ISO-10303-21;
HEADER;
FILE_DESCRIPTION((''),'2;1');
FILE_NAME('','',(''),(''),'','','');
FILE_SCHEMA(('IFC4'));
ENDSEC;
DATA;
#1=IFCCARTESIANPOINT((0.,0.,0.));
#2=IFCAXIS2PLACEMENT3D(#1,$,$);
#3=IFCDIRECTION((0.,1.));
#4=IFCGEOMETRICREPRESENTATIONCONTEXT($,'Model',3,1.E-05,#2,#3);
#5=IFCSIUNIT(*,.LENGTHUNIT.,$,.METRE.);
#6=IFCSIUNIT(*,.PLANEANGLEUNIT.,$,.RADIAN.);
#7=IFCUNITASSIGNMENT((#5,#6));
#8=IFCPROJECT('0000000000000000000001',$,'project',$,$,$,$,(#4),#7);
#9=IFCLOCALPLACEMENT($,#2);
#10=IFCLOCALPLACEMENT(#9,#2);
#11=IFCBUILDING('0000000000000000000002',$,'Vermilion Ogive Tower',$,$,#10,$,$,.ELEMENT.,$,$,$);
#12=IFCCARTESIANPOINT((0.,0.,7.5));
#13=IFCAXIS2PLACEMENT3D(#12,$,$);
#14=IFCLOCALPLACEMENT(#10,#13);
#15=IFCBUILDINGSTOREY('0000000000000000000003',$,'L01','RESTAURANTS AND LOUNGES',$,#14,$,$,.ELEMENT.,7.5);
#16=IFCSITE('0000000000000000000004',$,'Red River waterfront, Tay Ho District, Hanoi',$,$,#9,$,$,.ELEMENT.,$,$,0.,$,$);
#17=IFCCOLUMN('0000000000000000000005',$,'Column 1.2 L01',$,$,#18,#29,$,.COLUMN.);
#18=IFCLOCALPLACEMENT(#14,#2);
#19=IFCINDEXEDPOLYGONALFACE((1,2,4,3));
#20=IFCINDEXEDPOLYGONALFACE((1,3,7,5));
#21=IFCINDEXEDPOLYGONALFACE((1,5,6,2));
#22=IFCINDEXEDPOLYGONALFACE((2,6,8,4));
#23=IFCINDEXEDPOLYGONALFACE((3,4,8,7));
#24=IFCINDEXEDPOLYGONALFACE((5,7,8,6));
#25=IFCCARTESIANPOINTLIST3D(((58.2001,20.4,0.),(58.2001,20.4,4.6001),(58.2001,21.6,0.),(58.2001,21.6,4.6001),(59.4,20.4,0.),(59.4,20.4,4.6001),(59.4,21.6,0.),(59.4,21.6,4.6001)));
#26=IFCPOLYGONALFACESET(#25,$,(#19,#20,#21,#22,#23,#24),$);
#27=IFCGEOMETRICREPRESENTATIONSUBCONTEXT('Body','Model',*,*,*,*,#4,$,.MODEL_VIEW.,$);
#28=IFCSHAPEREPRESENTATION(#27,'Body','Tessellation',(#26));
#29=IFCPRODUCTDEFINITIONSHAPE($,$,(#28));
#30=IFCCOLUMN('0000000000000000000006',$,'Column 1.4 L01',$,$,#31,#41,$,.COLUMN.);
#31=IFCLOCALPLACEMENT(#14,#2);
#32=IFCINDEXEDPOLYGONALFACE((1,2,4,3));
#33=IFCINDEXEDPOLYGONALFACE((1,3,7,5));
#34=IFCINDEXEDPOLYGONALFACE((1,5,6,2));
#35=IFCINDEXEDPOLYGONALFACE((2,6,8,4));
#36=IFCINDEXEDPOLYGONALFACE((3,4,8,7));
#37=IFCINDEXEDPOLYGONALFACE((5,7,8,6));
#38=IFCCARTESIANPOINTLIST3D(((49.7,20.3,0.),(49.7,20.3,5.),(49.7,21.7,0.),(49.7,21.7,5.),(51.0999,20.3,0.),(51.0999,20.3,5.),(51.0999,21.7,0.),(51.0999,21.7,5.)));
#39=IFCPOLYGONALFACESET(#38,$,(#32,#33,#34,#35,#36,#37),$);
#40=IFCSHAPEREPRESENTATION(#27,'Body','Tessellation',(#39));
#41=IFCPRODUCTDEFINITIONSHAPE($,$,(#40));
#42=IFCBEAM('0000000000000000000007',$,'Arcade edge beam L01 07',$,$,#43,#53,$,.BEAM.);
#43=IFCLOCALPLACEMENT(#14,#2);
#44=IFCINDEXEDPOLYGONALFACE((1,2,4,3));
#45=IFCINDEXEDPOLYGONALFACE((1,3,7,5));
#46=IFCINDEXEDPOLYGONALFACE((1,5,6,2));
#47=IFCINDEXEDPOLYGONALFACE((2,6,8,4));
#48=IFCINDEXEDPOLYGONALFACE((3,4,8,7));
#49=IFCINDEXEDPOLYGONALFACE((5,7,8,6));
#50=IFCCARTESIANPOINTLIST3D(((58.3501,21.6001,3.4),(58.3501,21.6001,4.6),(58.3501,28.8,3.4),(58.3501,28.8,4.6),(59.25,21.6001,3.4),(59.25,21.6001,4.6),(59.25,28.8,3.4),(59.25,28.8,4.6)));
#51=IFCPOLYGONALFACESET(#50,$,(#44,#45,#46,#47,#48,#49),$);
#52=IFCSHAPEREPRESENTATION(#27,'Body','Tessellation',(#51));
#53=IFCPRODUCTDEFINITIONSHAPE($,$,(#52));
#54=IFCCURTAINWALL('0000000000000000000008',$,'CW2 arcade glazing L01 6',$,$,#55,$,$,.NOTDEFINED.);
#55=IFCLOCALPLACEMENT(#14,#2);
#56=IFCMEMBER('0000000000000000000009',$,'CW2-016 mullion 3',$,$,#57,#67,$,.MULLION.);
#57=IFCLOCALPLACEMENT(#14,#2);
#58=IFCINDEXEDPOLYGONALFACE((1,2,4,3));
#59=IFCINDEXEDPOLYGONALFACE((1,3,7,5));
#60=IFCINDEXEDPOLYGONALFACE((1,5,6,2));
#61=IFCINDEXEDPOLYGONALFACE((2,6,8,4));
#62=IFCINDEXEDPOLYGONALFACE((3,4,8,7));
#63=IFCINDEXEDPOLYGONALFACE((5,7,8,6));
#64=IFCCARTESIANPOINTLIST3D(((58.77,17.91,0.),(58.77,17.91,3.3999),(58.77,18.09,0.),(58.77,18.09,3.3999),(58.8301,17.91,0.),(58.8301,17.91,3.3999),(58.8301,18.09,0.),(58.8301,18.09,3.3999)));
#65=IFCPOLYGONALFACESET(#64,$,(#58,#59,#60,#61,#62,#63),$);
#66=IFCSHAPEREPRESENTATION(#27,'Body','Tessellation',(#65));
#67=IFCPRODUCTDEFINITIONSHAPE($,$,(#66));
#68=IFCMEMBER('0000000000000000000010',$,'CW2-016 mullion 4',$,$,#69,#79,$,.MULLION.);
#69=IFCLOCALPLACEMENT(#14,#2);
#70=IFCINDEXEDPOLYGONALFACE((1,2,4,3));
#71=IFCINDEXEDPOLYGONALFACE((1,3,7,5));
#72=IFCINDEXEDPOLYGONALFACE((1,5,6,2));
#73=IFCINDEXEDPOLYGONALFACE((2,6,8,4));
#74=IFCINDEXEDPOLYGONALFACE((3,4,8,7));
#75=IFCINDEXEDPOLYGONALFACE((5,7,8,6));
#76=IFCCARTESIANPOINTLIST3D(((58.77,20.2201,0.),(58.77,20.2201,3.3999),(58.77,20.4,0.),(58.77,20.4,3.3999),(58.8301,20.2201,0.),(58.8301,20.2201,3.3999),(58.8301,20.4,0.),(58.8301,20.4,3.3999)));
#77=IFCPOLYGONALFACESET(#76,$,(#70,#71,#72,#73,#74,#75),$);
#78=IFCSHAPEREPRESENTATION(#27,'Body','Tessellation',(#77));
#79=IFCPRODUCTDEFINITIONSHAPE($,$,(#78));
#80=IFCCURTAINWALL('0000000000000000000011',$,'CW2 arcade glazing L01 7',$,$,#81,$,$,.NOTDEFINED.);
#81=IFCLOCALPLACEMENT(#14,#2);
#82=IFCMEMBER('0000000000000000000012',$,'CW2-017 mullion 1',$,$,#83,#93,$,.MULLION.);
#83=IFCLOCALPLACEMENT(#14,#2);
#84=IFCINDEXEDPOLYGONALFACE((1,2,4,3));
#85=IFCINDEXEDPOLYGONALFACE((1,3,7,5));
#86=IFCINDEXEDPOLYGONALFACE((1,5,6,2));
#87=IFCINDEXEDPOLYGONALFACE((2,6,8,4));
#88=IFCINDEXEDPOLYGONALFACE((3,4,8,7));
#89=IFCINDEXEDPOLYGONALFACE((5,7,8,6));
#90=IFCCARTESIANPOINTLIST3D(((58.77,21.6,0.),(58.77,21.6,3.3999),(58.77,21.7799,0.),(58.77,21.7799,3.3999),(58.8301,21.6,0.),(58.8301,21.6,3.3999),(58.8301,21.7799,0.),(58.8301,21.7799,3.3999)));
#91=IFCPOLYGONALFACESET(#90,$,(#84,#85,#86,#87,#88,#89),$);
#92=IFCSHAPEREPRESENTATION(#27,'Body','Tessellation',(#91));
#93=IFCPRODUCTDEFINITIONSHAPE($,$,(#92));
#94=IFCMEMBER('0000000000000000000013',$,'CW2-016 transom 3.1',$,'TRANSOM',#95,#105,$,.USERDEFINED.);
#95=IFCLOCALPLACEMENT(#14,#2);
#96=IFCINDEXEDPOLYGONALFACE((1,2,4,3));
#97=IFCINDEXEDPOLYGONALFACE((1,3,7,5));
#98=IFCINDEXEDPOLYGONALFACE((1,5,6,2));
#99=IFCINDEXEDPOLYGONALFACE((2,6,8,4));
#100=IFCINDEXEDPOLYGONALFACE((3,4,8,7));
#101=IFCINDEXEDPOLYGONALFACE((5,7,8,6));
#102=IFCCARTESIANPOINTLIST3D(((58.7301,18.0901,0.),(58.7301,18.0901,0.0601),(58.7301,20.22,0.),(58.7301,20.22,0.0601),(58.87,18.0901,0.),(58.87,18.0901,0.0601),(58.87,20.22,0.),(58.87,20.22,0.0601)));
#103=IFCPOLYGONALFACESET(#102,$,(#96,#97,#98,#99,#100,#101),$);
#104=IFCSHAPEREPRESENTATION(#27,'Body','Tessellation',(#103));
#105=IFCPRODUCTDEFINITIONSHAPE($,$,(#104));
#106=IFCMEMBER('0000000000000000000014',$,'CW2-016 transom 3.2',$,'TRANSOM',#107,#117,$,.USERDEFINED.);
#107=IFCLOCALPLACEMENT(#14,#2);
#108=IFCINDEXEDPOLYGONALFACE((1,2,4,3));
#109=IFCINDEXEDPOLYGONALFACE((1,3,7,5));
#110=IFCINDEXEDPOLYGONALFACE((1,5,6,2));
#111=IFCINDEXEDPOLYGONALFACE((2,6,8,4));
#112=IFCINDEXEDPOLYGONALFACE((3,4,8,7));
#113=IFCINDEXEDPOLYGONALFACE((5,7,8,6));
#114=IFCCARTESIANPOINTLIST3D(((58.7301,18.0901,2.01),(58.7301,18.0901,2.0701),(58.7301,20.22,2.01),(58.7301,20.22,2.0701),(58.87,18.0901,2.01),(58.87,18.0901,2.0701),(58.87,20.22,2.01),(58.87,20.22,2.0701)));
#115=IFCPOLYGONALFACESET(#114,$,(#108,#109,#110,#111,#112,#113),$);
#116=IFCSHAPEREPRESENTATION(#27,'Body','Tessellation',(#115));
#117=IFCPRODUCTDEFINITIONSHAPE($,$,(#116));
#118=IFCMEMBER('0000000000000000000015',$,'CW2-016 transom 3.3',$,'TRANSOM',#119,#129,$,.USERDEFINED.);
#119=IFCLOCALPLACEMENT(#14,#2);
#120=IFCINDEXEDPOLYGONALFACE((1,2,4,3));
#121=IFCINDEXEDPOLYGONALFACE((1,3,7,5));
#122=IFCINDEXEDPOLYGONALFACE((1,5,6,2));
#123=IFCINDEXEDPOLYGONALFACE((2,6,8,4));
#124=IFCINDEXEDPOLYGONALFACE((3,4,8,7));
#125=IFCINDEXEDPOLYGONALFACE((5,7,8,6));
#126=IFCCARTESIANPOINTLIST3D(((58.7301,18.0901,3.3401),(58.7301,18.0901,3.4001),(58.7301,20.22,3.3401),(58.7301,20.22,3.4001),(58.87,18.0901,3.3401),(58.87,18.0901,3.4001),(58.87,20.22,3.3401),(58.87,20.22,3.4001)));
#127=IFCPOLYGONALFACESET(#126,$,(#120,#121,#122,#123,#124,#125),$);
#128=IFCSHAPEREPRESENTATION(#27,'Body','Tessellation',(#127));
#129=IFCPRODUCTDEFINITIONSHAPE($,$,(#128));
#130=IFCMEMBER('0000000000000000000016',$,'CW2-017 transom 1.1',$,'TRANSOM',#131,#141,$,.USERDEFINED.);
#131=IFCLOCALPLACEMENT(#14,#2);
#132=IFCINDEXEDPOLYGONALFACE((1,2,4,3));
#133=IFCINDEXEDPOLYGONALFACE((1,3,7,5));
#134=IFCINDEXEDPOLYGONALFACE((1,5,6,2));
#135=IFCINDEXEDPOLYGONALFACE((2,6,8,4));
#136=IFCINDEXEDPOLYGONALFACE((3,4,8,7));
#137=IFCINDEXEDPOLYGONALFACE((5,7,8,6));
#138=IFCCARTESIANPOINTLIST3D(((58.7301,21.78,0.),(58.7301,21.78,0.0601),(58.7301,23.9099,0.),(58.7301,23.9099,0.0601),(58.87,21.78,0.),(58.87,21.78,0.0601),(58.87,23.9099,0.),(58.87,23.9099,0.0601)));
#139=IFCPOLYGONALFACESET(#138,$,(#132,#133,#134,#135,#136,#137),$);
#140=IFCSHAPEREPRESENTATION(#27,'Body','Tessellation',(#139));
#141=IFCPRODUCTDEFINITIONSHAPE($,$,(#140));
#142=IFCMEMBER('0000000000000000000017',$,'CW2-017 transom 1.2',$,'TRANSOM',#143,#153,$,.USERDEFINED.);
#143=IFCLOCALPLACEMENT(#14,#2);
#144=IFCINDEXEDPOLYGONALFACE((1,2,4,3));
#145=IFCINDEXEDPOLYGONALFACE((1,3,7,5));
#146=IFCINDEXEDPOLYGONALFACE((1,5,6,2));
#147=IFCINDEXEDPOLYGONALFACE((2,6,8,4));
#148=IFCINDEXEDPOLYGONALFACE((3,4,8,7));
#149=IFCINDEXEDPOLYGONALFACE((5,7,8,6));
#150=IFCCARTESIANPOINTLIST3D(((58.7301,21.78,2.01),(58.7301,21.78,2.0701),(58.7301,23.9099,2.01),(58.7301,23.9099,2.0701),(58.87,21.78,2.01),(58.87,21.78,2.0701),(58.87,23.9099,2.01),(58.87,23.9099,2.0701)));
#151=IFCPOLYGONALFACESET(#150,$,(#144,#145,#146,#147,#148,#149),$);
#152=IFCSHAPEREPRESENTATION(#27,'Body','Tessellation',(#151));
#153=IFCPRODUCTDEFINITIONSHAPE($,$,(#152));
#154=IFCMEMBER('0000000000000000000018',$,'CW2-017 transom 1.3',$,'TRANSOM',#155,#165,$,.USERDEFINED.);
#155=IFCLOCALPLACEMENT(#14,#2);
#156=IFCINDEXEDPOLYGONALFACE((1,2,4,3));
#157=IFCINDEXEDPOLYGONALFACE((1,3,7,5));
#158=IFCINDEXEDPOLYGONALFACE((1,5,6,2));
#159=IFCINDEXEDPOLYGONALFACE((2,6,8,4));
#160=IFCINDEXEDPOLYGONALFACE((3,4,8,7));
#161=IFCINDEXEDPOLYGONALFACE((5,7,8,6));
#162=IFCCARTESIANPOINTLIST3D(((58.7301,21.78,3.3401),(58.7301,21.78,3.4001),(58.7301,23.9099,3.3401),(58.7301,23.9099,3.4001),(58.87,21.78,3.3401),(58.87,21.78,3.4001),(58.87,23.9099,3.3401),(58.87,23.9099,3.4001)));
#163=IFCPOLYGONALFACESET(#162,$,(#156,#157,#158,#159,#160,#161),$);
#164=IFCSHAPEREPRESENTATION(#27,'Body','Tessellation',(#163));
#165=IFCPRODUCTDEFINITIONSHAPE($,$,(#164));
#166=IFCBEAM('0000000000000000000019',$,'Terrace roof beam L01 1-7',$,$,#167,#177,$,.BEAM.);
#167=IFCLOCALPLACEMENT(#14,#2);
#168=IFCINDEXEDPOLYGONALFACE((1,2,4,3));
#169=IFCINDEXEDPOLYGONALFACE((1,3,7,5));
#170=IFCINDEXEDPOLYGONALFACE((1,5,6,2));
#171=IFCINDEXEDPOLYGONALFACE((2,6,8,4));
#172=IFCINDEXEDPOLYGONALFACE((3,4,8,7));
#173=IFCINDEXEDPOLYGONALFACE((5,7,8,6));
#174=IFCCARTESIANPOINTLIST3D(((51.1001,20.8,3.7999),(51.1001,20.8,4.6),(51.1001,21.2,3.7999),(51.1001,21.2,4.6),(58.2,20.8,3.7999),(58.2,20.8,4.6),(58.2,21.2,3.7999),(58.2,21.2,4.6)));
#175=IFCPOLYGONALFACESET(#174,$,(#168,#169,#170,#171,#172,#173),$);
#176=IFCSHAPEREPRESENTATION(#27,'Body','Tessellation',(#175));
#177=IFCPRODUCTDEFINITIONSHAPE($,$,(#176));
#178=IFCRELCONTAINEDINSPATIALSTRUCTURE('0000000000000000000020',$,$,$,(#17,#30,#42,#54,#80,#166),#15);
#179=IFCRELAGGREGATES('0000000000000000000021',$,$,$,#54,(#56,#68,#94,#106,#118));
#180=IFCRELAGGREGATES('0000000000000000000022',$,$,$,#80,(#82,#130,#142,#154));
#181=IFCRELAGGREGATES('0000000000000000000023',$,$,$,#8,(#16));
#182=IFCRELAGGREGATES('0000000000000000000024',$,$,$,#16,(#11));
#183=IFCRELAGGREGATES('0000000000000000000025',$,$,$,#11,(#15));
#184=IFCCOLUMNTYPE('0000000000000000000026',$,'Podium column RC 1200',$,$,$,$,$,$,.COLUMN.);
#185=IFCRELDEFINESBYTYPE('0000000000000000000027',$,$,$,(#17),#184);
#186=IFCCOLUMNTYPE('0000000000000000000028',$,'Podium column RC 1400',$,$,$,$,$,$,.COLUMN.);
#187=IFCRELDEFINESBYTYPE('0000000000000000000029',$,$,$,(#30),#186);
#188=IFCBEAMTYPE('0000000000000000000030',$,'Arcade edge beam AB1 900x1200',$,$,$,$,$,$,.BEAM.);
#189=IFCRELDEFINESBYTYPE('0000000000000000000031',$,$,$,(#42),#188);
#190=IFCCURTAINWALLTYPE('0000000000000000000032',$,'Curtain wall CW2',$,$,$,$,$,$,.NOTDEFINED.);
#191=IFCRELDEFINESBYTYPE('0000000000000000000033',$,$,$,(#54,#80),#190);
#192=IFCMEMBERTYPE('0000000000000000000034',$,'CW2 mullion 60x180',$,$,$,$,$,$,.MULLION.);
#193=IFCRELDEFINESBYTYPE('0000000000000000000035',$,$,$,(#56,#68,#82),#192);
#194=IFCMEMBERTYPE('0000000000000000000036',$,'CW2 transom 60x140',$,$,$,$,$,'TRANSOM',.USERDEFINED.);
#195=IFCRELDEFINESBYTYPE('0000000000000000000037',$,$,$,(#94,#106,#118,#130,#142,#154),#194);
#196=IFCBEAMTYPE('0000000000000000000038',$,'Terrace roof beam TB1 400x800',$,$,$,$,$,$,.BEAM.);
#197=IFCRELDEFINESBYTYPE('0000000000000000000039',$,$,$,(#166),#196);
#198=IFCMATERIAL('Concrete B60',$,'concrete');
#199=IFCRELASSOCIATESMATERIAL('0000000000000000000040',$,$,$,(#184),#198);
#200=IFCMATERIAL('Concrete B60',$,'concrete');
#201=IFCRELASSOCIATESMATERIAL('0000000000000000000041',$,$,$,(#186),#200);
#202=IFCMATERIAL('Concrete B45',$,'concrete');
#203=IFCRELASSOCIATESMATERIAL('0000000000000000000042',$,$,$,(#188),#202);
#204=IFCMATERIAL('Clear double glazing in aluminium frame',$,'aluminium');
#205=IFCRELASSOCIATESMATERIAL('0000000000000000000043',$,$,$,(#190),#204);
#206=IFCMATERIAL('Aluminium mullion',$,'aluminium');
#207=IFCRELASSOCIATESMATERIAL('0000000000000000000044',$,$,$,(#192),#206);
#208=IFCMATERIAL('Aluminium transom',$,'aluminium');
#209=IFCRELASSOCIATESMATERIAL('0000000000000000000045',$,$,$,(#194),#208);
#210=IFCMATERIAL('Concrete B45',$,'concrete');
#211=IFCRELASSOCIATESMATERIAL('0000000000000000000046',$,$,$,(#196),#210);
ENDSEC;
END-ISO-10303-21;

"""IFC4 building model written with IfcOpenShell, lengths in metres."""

from ifc_helpers import new_model, si_unit, direction, frame, origin, origin_2d, place, context, subcontext, project, spatial, rectangle, extrude, material, material_profile, profile_set, type_object, element, aggregate, save


model = new_model("IFC4")

# Units and contexts
model_context = context("Model", 3, precision=1e-05, world=origin(), true_north=direction((0.0, 1.0)))
body_context = subcontext(model_context, "Body", "Model", "MODEL_VIEW")
ifc_project = project(units=[si_unit("LENGTHUNIT", "METRE"), si_unit("PLANEANGLEUNIT", "RADIAN")], contexts=[model_context])

# Site, building, storey
site_placement = place(None, origin())
site = spatial("IfcSite", under=ifc_project, at=site_placement, Name="Red River waterfront, Tay Ho District, Hanoi", CompositionType="ELEMENT", RefElevation=0.0)
building_placement = place(site_placement, origin())
building = spatial("IfcBuilding", under=site, at=building_placement, Name="Vermilion Ogive Tower", CompositionType="ELEMENT")
storey_placement = place(building_placement, frame((0.0, 0.0, 7.5)))
storey = spatial("IfcBuildingStorey", under=building, at=storey_placement, Name="L01", Description="RESTAURANTS AND LOUNGES", CompositionType="ELEMENT", Elevation=7.5)

# Columns
ifc_material_1 = material(Name="Concrete B60", Category="concrete")
ifc_material_profile_1 = material_profile(ifc_material_1, rectangle(XDim=1.2, YDim=1.2, at=origin_2d()), Name="RC 1200x1200")
ifc_profile_set_1 = profile_set([ifc_material_profile_1], Name="Concrete B60")
column_type_1 = type_object("IfcColumnType", Name="Podium column RC 1200", PredefinedType="COLUMN", material=ifc_profile_set_1)
column_1_placement = place(storey_placement, frame((58.8, 21.0, 0.0), z_axis=(0.0, 0.0, 1.0), x_axis=(1.0, 0.0, 0.0)))
element("IfcColumn", 1, at=column_1_placement, inside=storey, type_object=column_type_1, Name="Column 1.2 L01", PredefinedType="COLUMN", context=body_context, shape_type="SweptSolid", body=[
    extrude(rectangle(XDim=1.2, YDim=1.2, at=origin_2d()), origin(), (0.0, 0.0, 1.0), 4.6001),
])
ifc_material_2 = material(Name="Concrete B60", Category="concrete")
ifc_material_profile_2 = material_profile(ifc_material_2, rectangle(XDim=1.3999, YDim=1.3999, at=origin_2d()), Name="RC 1400x1400")
ifc_profile_set_2 = profile_set([ifc_material_profile_2], Name="Concrete B60")
column_type_2 = type_object("IfcColumnType", Name="Podium column RC 1400", PredefinedType="COLUMN", material=ifc_profile_set_2)
column_2_placement = place(storey_placement, frame((50.3999, 21.0, 0.0), z_axis=(0.0, 0.0, 1.0), x_axis=(1.0, 0.0, 0.0)))
element("IfcColumn", 2, at=column_2_placement, inside=storey, type_object=column_type_2, Name="Column 1.4 L01", PredefinedType="COLUMN", context=body_context, shape_type="SweptSolid", body=[
    extrude(rectangle(XDim=1.3999, YDim=1.3999, at=origin_2d()), origin(), (0.0, 0.0, 1.0), 5.0),
])

# Beam
ifc_material_3 = material(Name="Concrete B45", Category="concrete")
ifc_material_profile_3 = material_profile(ifc_material_3, rectangle(XDim=0.8999, YDim=1.2, at=origin_2d()), Name="RC 900x1200")
ifc_profile_set_3 = profile_set([ifc_material_profile_3], Name="Concrete B45")
beam_type_1 = type_object("IfcBeamType", Name="Arcade edge beam AB1 900x1200", PredefinedType="BEAM", material=ifc_profile_set_3)
beam_1_placement = place(storey_placement, frame((58.8, 21.6001, 4.0), z_axis=(0.0, 1.0, 0.0), x_axis=(-1.0, 0.0, 0.0)))
element("IfcBeam", 3, at=beam_1_placement, inside=storey, type_object=beam_type_1, Name="Arcade edge beam L01 07", PredefinedType="BEAM", context=body_context, shape_type="SweptSolid", body=[
    extrude(rectangle(XDim=0.8999, YDim=1.2, at=origin_2d()), origin(), (0.0, 0.0, 1.0), 7.2),
])

# Curtain wall, members
ifc_material_4 = material(Name="Clear double glazing in aluminium frame", Category="aluminium")
curtain_wall_type = type_object("IfcCurtainWallType", Name="Curtain wall CW2", PredefinedType="NOTDEFINED", material=ifc_material_4)
curtain_wall_1_placement = place(storey_placement, origin())
curtain_wall_1 = element("IfcCurtainWall", 4, at=curtain_wall_1_placement, inside=storey, type_object=curtain_wall_type, Name="CW2 arcade glazing L01 6", PredefinedType="NOTDEFINED")
ifc_material_5 = material(Name="Aluminium mullion", Category="aluminium")
ifc_material_profile_4 = material_profile(ifc_material_5, rectangle(XDim=0.0601, YDim=0.1799, at=origin_2d()), Name="AL 60x180")
ifc_profile_set_4 = profile_set([ifc_material_profile_4], Name="Aluminium mullion")
member_type_1 = type_object("IfcMemberType", Name="CW2 mullion 60x180", PredefinedType="MULLION", material=ifc_profile_set_4)
member_1_placement = place(storey_placement, frame((58.8, 18.0, 0.0), z_axis=(0.0, 0.0, 1.0), x_axis=(-1.0, 0.0, 0.0)))
member_1 = element("IfcMember", 5, at=member_1_placement, type_object=member_type_1, Name="CW2-016 mullion 3", PredefinedType="MULLION", context=body_context, shape_type="SweptSolid", body=[
    extrude(rectangle(XDim=0.0601, YDim=0.1799, at=origin_2d()), origin(), (0.0, 0.0, 1.0), 3.3999),
])
member_2_placement = place(storey_placement, frame((58.8, 20.3101, 0.0), z_axis=(0.0, 0.0, 1.0), x_axis=(-1.0, 0.0, 0.0)))
member_2 = element("IfcMember", 6, at=member_2_placement, type_object=member_type_1, Name="CW2-016 mullion 4", PredefinedType="MULLION", context=body_context, shape_type="SweptSolid", body=[
    extrude(rectangle(XDim=0.0601, YDim=0.1799, at=origin_2d()), origin(), (0.0, 0.0, 1.0), 3.3999),
])

# Curtain wall, member
curtain_wall_2_placement = place(storey_placement, origin())
curtain_wall_2 = element("IfcCurtainWall", 7, at=curtain_wall_2_placement, inside=storey, type_object=curtain_wall_type, Name="CW2 arcade glazing L01 7", PredefinedType="NOTDEFINED")
member_3_placement = place(storey_placement, frame((58.8, 21.6899, 0.0), z_axis=(0.0, 0.0, 1.0), x_axis=(-1.0, 0.0, 0.0)))
member_3 = element("IfcMember", 8, at=member_3_placement, type_object=member_type_1, Name="CW2-017 mullion 1", PredefinedType="MULLION", context=body_context, shape_type="SweptSolid", body=[
    extrude(rectangle(XDim=0.0601, YDim=0.1799, at=origin_2d()), origin(), (0.0, 0.0, 1.0), 3.3999),
])

# Members
ifc_material_6 = material(Name="Aluminium transom", Category="aluminium")
ifc_material_profile_5 = material_profile(ifc_material_6, rectangle(XDim=0.1399, YDim=0.0601, at=origin_2d()), Name="AL 60x140")
ifc_profile_set_5 = profile_set([ifc_material_profile_5], Name="Aluminium transom")
member_type_2 = type_object("IfcMemberType", Name="CW2 transom 60x140", ElementType="TRANSOM", PredefinedType="USERDEFINED", material=ifc_profile_set_5)
member_4_placement = place(storey_placement, frame((58.8, 18.0901, 0.03), z_axis=(0.0, 1.0, 0.0), x_axis=(-1.0, 0.0, 0.0)))
member_4 = element("IfcMember", 9, at=member_4_placement, type_object=member_type_2, Name="CW2-016 transom 3.1", ObjectType="TRANSOM", PredefinedType="USERDEFINED", context=body_context, shape_type="SweptSolid", body=[
    extrude(rectangle(XDim=0.1399, YDim=0.0601, at=origin_2d()), origin(), (0.0, 0.0, 1.0), 2.1299),
])
member_5_placement = place(storey_placement, frame((58.8, 18.0901, 2.04), z_axis=(0.0, 1.0, 0.0), x_axis=(-1.0, 0.0, 0.0)))
member_5 = element("IfcMember", 10, at=member_5_placement, type_object=member_type_2, Name="CW2-016 transom 3.2", ObjectType="TRANSOM", PredefinedType="USERDEFINED", context=body_context, shape_type="SweptSolid", body=[
    extrude(rectangle(XDim=0.1399, YDim=0.0601, at=origin_2d()), origin(), (0.0, 0.0, 1.0), 2.1299),
])
member_6_placement = place(storey_placement, frame((58.8, 18.0901, 3.3701), z_axis=(0.0, 1.0, 0.0), x_axis=(-1.0, 0.0, 0.0)))
member_6 = element("IfcMember", 11, at=member_6_placement, type_object=member_type_2, Name="CW2-016 transom 3.3", ObjectType="TRANSOM", PredefinedType="USERDEFINED", context=body_context, shape_type="SweptSolid", body=[
    extrude(rectangle(XDim=0.1399, YDim=0.0601, at=origin_2d()), origin(), (0.0, 0.0, 1.0), 2.1299),
])
member_7_placement = place(storey_placement, frame((58.8, 21.78, 0.03), z_axis=(0.0, 1.0, 0.0), x_axis=(-1.0, 0.0, 0.0)))
member_7 = element("IfcMember", 12, at=member_7_placement, type_object=member_type_2, Name="CW2-017 transom 1.1", ObjectType="TRANSOM", PredefinedType="USERDEFINED", context=body_context, shape_type="SweptSolid", body=[
    extrude(rectangle(XDim=0.1399, YDim=0.0601, at=origin_2d()), origin(), (0.0, 0.0, 1.0), 2.1299),
])
member_8_placement = place(storey_placement, frame((58.8, 21.78, 2.04), z_axis=(0.0, 1.0, 0.0), x_axis=(-1.0, 0.0, 0.0)))
member_8 = element("IfcMember", 13, at=member_8_placement, type_object=member_type_2, Name="CW2-017 transom 1.2", ObjectType="TRANSOM", PredefinedType="USERDEFINED", context=body_context, shape_type="SweptSolid", body=[
    extrude(rectangle(XDim=0.1399, YDim=0.0601, at=origin_2d()), origin(), (0.0, 0.0, 1.0), 2.1299),
])
member_9_placement = place(storey_placement, frame((58.8, 21.78, 3.3701), z_axis=(0.0, 1.0, 0.0), x_axis=(-1.0, 0.0, 0.0)))
member_9 = element("IfcMember", 14, at=member_9_placement, type_object=member_type_2, Name="CW2-017 transom 1.3", ObjectType="TRANSOM", PredefinedType="USERDEFINED", context=body_context, shape_type="SweptSolid", body=[
    extrude(rectangle(XDim=0.1399, YDim=0.0601, at=origin_2d()), origin(), (0.0, 0.0, 1.0), 2.1299),
])

# Beam
ifc_material_7 = material(Name="Concrete B45", Category="concrete")
ifc_material_profile_6 = material_profile(ifc_material_7, rectangle(XDim=0.3999, YDim=0.8, at=origin_2d()), Name="RC 400x800")
ifc_profile_set_6 = profile_set([ifc_material_profile_6], Name="Concrete B45")
beam_type_2 = type_object("IfcBeamType", Name="Terrace roof beam TB1 400x800", PredefinedType="BEAM", material=ifc_profile_set_6)
beam_2_placement = place(storey_placement, frame((58.2, 21.0, 4.2), z_axis=(-1.0, 0.0, 0.0), x_axis=(0.0, -1.0, 0.0)))
element("IfcBeam", 15, at=beam_2_placement, inside=storey, type_object=beam_type_2, Name="Terrace roof beam L01 1-7", PredefinedType="BEAM", context=body_context, shape_type="SweptSolid", body=[
    extrude(rectangle(XDim=0.3999, YDim=0.8, at=origin_2d()), origin(), (0.0, 0.0, 1.0), 7.0999),
])

aggregate(curtain_wall_1, [member_1, member_2, member_4, member_5, member_6])
aggregate(curtain_wall_2, [member_3, member_7, member_8, member_9])

save(model, "model.ifc")
